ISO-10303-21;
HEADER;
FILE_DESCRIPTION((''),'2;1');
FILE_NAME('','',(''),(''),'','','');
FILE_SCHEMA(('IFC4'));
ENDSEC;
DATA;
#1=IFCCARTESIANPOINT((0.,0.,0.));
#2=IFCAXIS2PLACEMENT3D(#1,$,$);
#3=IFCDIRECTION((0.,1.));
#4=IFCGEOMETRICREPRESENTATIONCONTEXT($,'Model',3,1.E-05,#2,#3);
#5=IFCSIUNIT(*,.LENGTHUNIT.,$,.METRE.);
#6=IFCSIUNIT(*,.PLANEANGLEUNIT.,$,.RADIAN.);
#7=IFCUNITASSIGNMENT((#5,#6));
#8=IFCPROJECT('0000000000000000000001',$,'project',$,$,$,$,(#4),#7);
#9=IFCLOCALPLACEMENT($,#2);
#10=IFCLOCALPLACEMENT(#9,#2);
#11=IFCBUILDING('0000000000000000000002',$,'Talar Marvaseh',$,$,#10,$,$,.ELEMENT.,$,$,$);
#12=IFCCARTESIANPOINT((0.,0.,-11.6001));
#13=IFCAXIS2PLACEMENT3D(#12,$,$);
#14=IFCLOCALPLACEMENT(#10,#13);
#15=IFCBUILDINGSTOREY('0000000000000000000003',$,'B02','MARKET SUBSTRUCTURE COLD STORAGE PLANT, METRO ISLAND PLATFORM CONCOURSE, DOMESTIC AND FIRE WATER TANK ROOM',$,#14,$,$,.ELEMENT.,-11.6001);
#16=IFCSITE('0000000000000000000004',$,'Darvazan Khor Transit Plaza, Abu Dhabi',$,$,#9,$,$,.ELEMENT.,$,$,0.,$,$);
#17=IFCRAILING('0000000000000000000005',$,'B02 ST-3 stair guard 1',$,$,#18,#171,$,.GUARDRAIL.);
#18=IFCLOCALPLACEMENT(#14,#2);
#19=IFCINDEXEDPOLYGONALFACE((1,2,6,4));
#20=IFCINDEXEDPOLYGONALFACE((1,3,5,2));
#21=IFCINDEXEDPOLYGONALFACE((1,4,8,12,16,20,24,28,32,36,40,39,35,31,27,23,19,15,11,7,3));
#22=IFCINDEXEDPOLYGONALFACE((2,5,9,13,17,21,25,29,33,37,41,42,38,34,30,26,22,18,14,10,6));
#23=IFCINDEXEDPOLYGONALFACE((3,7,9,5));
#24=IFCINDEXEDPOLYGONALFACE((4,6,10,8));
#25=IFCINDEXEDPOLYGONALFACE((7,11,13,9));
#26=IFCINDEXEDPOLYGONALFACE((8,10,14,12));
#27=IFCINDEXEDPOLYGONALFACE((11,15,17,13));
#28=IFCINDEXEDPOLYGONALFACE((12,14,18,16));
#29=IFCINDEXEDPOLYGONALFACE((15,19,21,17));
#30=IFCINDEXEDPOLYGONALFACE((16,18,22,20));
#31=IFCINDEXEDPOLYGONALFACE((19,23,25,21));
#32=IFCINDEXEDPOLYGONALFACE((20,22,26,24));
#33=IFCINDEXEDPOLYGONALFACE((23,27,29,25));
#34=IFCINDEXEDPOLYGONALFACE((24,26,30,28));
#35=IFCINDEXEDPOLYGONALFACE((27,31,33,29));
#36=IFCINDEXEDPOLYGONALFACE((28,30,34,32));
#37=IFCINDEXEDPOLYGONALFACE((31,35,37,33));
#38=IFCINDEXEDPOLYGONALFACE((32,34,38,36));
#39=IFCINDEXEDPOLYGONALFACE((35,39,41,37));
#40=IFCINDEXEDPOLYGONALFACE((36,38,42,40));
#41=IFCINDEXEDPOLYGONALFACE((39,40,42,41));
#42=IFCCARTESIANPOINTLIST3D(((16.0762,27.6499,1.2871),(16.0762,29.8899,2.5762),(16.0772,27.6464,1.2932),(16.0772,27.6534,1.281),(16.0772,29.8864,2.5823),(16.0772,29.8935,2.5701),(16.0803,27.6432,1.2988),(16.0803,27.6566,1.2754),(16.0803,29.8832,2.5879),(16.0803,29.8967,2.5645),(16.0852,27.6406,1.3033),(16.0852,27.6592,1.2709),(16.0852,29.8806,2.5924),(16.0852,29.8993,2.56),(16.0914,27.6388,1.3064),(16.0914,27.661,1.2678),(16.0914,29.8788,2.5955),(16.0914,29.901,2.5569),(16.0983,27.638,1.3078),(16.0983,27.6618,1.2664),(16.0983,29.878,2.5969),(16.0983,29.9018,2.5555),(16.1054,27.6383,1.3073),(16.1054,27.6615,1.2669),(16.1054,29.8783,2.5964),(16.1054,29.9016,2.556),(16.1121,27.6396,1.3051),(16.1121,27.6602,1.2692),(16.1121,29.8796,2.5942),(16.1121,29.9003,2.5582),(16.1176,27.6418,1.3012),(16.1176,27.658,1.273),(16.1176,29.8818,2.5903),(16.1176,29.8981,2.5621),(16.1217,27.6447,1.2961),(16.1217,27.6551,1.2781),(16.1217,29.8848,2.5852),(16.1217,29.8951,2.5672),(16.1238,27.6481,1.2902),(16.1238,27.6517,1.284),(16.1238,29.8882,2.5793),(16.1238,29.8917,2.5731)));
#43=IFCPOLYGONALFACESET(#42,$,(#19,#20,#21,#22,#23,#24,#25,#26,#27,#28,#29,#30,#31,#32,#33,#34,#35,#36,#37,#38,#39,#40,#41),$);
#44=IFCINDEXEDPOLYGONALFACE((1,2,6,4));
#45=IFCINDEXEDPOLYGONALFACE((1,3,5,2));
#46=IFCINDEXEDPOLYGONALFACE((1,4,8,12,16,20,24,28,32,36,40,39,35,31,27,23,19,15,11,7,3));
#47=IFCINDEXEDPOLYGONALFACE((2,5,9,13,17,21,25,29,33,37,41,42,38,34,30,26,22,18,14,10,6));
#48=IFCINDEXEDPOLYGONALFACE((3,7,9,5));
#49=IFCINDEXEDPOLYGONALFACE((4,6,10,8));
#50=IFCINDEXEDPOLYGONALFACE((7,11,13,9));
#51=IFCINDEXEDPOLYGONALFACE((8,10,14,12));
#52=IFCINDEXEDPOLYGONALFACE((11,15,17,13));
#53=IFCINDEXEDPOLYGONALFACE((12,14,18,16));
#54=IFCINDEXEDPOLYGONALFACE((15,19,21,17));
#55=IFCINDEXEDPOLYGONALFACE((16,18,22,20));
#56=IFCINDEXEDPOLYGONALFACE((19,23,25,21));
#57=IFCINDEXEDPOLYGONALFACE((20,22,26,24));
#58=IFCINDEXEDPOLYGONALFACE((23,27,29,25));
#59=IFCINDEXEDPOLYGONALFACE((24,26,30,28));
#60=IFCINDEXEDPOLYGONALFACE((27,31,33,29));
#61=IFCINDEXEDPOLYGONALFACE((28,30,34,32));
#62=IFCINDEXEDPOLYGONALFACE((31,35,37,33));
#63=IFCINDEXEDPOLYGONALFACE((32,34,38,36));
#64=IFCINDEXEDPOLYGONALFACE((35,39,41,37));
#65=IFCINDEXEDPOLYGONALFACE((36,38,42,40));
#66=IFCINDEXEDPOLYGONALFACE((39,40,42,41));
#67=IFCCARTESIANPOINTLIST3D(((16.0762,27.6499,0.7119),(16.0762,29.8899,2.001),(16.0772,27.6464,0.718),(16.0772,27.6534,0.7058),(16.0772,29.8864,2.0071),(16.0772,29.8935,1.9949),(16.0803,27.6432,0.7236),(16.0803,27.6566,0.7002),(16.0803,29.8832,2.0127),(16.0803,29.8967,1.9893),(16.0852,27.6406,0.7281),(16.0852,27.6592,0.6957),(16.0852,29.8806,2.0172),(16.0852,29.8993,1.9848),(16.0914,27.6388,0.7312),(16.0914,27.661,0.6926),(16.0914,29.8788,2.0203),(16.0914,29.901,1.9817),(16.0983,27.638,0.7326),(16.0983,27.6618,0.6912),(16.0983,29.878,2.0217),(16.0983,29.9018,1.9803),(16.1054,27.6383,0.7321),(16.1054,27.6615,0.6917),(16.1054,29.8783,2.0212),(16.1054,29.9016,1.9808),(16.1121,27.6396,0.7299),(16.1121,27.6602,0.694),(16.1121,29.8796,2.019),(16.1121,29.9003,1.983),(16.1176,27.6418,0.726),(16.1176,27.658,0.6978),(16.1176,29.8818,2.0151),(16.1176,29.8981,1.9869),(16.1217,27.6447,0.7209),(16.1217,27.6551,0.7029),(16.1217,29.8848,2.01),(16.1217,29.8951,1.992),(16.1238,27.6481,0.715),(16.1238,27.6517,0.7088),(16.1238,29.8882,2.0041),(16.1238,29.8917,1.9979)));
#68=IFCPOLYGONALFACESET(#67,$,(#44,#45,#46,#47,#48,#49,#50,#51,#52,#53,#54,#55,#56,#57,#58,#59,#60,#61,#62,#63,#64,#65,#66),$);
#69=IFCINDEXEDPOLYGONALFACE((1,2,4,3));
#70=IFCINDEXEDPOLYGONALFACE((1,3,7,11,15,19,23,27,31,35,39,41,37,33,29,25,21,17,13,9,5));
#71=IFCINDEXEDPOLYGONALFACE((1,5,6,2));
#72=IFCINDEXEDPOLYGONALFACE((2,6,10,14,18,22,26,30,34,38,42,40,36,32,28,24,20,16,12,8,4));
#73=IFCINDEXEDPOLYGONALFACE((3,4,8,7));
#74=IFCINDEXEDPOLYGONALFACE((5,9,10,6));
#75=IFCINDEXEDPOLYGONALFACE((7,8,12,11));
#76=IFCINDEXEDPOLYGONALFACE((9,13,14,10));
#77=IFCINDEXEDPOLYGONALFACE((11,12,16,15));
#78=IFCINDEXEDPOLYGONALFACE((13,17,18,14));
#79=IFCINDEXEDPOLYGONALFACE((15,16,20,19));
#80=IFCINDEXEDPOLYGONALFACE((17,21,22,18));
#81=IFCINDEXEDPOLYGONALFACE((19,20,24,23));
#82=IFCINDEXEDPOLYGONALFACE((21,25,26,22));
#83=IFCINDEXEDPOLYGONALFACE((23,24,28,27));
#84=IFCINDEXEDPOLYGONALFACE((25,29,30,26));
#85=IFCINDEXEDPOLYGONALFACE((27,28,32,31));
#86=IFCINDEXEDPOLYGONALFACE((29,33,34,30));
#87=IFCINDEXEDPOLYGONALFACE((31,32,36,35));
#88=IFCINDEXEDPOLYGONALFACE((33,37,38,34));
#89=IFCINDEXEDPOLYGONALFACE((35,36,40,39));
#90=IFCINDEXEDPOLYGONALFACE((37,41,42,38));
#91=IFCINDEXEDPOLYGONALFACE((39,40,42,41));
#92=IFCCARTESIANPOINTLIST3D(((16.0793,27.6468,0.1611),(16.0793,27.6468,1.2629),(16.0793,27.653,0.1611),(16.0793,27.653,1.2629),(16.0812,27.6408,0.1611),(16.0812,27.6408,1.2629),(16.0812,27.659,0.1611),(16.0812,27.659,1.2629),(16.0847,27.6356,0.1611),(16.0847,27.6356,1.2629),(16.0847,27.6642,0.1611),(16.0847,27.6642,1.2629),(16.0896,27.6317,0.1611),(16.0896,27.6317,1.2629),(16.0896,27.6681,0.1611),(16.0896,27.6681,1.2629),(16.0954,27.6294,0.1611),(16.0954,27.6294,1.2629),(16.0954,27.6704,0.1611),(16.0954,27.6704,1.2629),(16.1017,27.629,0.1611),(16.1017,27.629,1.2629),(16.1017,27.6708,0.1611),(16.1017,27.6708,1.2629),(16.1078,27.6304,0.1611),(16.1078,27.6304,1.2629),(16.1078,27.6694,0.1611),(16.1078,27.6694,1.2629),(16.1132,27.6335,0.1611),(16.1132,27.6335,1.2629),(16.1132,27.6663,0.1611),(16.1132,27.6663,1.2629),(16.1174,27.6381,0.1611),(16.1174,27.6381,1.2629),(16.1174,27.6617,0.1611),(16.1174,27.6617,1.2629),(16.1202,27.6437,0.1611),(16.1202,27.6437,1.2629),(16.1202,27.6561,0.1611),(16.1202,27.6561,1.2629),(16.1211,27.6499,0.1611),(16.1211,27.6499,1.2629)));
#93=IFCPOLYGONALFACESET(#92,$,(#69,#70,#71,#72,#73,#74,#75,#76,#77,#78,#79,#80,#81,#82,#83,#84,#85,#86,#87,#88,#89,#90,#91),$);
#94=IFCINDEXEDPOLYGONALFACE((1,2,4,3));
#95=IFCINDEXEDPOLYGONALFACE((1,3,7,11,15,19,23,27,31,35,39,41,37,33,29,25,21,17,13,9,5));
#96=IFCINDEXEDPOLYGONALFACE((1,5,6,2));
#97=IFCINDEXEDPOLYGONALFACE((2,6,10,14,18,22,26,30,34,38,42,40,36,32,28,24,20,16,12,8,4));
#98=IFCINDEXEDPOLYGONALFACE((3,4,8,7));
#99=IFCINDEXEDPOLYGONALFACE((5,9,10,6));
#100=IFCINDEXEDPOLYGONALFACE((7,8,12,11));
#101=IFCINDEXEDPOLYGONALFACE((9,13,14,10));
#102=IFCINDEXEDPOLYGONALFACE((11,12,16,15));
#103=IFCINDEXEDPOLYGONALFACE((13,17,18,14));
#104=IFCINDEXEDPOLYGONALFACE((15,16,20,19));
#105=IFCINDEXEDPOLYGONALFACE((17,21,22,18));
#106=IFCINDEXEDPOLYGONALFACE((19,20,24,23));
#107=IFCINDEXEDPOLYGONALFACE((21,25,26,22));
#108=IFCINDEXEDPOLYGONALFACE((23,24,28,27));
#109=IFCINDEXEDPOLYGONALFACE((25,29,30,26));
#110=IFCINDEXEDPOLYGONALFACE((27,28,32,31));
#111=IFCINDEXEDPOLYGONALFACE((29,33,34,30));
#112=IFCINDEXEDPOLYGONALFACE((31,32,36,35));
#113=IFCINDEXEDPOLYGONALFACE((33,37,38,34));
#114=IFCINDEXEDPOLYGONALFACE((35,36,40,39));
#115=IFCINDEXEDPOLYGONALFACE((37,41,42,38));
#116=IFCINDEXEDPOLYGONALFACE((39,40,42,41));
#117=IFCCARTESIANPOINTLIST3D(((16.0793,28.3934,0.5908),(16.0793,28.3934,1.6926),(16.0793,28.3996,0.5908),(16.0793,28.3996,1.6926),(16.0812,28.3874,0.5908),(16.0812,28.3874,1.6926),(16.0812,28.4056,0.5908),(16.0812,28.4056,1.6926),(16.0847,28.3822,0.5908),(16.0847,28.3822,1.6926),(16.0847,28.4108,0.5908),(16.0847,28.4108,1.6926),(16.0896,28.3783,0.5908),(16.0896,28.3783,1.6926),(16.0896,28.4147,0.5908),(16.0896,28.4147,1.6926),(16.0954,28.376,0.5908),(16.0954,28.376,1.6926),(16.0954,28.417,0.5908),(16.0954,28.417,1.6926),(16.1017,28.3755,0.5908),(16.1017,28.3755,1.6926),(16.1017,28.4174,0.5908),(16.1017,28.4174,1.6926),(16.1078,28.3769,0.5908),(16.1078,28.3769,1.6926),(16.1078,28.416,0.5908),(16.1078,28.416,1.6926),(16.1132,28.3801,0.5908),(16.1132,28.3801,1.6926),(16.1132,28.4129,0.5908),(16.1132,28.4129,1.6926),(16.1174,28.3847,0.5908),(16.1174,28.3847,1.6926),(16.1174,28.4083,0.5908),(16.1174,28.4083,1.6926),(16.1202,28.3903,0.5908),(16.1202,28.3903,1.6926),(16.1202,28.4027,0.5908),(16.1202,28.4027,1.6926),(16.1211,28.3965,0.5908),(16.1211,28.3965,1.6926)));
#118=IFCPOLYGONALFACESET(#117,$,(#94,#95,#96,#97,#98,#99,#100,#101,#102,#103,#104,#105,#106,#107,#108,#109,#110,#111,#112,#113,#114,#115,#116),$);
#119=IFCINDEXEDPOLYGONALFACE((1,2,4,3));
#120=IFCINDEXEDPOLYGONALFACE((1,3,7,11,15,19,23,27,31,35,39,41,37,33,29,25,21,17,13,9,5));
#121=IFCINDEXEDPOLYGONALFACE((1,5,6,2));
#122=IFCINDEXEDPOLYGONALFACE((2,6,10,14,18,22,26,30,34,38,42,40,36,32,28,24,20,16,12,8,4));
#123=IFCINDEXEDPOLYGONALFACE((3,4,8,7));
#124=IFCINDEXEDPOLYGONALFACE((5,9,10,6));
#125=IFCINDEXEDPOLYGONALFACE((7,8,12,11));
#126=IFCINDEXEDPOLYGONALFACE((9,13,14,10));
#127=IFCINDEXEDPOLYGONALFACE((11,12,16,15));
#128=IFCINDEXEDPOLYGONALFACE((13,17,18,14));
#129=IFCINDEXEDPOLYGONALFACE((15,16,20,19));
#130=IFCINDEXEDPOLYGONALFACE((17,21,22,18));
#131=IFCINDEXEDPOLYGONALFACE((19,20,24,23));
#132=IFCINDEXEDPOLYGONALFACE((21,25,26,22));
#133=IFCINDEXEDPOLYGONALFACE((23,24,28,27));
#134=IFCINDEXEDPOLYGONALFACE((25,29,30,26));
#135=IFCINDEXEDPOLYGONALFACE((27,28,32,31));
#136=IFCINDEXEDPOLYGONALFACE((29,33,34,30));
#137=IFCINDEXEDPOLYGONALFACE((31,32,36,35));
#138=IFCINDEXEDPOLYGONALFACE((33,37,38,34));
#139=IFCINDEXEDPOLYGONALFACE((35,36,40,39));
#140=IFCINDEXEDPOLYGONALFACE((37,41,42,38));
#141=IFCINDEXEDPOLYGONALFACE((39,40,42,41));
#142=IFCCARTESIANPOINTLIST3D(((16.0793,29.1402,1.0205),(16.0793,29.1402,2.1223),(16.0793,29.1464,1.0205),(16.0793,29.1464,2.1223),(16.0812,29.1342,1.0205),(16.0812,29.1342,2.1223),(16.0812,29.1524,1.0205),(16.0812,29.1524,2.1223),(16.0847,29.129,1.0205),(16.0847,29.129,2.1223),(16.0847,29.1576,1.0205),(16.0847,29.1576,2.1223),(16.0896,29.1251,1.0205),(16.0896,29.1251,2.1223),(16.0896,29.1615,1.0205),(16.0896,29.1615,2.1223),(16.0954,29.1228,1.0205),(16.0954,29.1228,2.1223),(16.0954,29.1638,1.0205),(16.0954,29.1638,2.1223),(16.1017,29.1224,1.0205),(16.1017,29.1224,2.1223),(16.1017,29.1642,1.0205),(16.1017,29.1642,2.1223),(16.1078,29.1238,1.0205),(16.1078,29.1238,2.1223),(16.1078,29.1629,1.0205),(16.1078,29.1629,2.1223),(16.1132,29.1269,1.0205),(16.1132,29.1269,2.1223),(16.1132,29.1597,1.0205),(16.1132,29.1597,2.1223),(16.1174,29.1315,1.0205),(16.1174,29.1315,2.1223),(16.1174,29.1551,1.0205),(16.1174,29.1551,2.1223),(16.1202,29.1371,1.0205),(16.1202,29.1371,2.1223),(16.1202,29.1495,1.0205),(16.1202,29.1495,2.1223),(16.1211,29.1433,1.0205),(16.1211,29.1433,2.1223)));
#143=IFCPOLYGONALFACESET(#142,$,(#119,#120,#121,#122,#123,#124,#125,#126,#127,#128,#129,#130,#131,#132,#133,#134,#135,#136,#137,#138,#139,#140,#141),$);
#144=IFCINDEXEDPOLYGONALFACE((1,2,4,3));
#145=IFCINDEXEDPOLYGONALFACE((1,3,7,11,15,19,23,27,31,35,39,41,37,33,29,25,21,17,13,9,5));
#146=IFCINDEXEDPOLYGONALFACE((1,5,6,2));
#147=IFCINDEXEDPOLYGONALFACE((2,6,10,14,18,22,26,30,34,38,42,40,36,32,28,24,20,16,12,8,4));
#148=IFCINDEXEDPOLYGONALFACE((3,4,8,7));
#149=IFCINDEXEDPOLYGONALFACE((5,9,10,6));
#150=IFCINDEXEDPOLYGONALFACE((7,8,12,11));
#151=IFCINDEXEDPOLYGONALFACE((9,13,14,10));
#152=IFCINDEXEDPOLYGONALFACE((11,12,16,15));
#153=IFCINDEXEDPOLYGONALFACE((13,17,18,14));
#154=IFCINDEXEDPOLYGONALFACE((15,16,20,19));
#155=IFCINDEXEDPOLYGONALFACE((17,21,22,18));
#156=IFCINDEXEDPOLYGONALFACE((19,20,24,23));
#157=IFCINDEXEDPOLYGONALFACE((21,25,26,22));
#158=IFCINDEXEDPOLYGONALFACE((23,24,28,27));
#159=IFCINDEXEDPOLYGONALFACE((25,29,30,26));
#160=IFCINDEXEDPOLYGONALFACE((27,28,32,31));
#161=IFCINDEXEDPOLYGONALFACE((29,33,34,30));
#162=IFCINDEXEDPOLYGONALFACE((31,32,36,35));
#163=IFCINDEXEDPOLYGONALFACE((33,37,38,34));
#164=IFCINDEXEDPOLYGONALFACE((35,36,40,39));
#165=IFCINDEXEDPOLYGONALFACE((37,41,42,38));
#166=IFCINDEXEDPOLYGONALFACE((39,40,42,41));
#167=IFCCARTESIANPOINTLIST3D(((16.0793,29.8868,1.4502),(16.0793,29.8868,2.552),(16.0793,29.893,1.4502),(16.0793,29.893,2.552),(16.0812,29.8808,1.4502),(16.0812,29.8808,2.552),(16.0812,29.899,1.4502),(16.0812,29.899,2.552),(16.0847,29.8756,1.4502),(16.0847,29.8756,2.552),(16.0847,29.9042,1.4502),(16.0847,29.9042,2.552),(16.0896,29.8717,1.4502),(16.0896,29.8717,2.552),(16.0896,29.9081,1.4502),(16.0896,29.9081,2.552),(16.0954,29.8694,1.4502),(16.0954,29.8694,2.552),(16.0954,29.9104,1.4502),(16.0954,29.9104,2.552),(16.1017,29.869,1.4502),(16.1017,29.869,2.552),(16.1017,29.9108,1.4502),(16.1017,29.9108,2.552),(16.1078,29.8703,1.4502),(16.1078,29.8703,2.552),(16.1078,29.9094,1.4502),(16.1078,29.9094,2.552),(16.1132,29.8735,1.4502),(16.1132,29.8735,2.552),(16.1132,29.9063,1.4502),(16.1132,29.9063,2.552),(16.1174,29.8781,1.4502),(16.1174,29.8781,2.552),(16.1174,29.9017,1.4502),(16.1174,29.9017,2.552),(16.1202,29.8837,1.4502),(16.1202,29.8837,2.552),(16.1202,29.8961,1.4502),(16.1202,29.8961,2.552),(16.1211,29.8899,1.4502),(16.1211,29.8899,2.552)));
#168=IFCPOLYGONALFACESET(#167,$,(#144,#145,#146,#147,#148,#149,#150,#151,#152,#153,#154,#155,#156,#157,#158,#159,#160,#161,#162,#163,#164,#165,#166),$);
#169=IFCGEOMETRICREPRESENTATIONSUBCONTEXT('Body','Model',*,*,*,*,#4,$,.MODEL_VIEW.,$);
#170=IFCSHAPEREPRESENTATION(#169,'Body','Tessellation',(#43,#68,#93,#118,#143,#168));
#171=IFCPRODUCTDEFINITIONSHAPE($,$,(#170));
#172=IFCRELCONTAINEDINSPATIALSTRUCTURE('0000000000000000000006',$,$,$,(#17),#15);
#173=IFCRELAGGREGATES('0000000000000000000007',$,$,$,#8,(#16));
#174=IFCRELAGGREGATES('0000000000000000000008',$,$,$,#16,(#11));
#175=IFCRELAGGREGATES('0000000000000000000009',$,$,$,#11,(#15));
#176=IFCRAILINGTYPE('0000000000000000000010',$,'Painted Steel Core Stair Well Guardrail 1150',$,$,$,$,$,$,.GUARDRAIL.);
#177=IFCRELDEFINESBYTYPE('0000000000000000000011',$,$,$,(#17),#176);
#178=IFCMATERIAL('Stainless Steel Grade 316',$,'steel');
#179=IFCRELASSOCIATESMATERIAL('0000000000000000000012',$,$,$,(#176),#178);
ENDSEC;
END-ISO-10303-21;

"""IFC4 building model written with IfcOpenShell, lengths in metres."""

from ifc_helpers import new_model, si_unit, direction, frame, origin, origin_2d, place, context, subcontext, project, spatial, circle, extrude, material, type_object, element, save


model = new_model("IFC4")

# Units and contexts
model_context = context("Model", 3, precision=1e-05, world=origin(), true_north=direction((0.0, 1.0)))
body_context = subcontext(model_context, "Body", "Model", "MODEL_VIEW")
ifc_project = project(units=[si_unit("LENGTHUNIT", "METRE"), si_unit("PLANEANGLEUNIT", "RADIAN")], contexts=[model_context])

# Site, building, storey
site_placement = place(None, origin())
site = spatial("IfcSite", under=ifc_project, at=site_placement, Name="Darvazan Khor Transit Plaza, Abu Dhabi", CompositionType="ELEMENT", RefElevation=0.0)
building_placement = place(site_placement, origin())
building = spatial("IfcBuilding", under=site, at=building_placement, Name="Talar Marvaseh", CompositionType="ELEMENT")
storey_placement = place(building_placement, frame((0.0, 0.0, -11.6001)))
storey = spatial("IfcBuildingStorey", under=building, at=storey_placement, Name="B02", Description="MARKET SUBSTRUCTURE COLD STORAGE PLANT, METRO ISLAND PLATFORM CONCOURSE, DOMESTIC AND FIRE WATER TANK ROOM", CompositionType="ELEMENT", Elevation=-11.6001)

# Railing
ifc_material_1 = material(Name="Stainless Steel Grade 316", Category="steel")
railing_type = type_object("IfcRailingType", Name="Painted Steel Core Stair Well Guardrail 1150", PredefinedType="GUARDRAIL", material=ifc_material_1)
railing_1_placement = place(storey_placement, frame((16.1001, 27.6499, 0.1611)))
element("IfcRailing", 1, at=railing_1_placement, inside=storey, type_object=railing_type, Name="B02 ST-3 stair guard 1", PredefinedType="GUARDRAIL", context=body_context, shape_type="SweptSolid", body=[
    extrude(circle(Radius=0.0239, at=origin_2d()), frame((0.0, 0.0, 1.126), z_axis=(0.0, 0.866728, 0.498782), x_axis=(-1.0, 0.0, 0.0)), (0.0, 0.0, 1.0), 2.5845),
    extrude(circle(Radius=0.0239, at=origin_2d()), frame((0.0, 0.0, 0.5508), z_axis=(0.0, 0.866728, 0.498782), x_axis=(-1.0, 0.0, 0.0)), (0.0, 0.0, 1.0), 2.5845),
    extrude(circle(Radius=0.021, at=origin_2d()), origin(), (0.0, 0.0, 1.0), 1.1018),
    extrude(circle(Radius=0.021, at=origin_2d()), frame((0.0, 0.7466, 0.4297)), (0.0, 0.0, 1.0), 1.1018),
    extrude(circle(Radius=0.021, at=origin_2d()), frame((0.0, 1.4934, 0.8594)), (0.0, 0.0, 1.0), 1.1018),
    extrude(circle(Radius=0.021, at=origin_2d()), frame((0.0, 2.24, 1.2891)), (0.0, 0.0, 1.0), 1.1018),
])

save(model, "model.ifc")
